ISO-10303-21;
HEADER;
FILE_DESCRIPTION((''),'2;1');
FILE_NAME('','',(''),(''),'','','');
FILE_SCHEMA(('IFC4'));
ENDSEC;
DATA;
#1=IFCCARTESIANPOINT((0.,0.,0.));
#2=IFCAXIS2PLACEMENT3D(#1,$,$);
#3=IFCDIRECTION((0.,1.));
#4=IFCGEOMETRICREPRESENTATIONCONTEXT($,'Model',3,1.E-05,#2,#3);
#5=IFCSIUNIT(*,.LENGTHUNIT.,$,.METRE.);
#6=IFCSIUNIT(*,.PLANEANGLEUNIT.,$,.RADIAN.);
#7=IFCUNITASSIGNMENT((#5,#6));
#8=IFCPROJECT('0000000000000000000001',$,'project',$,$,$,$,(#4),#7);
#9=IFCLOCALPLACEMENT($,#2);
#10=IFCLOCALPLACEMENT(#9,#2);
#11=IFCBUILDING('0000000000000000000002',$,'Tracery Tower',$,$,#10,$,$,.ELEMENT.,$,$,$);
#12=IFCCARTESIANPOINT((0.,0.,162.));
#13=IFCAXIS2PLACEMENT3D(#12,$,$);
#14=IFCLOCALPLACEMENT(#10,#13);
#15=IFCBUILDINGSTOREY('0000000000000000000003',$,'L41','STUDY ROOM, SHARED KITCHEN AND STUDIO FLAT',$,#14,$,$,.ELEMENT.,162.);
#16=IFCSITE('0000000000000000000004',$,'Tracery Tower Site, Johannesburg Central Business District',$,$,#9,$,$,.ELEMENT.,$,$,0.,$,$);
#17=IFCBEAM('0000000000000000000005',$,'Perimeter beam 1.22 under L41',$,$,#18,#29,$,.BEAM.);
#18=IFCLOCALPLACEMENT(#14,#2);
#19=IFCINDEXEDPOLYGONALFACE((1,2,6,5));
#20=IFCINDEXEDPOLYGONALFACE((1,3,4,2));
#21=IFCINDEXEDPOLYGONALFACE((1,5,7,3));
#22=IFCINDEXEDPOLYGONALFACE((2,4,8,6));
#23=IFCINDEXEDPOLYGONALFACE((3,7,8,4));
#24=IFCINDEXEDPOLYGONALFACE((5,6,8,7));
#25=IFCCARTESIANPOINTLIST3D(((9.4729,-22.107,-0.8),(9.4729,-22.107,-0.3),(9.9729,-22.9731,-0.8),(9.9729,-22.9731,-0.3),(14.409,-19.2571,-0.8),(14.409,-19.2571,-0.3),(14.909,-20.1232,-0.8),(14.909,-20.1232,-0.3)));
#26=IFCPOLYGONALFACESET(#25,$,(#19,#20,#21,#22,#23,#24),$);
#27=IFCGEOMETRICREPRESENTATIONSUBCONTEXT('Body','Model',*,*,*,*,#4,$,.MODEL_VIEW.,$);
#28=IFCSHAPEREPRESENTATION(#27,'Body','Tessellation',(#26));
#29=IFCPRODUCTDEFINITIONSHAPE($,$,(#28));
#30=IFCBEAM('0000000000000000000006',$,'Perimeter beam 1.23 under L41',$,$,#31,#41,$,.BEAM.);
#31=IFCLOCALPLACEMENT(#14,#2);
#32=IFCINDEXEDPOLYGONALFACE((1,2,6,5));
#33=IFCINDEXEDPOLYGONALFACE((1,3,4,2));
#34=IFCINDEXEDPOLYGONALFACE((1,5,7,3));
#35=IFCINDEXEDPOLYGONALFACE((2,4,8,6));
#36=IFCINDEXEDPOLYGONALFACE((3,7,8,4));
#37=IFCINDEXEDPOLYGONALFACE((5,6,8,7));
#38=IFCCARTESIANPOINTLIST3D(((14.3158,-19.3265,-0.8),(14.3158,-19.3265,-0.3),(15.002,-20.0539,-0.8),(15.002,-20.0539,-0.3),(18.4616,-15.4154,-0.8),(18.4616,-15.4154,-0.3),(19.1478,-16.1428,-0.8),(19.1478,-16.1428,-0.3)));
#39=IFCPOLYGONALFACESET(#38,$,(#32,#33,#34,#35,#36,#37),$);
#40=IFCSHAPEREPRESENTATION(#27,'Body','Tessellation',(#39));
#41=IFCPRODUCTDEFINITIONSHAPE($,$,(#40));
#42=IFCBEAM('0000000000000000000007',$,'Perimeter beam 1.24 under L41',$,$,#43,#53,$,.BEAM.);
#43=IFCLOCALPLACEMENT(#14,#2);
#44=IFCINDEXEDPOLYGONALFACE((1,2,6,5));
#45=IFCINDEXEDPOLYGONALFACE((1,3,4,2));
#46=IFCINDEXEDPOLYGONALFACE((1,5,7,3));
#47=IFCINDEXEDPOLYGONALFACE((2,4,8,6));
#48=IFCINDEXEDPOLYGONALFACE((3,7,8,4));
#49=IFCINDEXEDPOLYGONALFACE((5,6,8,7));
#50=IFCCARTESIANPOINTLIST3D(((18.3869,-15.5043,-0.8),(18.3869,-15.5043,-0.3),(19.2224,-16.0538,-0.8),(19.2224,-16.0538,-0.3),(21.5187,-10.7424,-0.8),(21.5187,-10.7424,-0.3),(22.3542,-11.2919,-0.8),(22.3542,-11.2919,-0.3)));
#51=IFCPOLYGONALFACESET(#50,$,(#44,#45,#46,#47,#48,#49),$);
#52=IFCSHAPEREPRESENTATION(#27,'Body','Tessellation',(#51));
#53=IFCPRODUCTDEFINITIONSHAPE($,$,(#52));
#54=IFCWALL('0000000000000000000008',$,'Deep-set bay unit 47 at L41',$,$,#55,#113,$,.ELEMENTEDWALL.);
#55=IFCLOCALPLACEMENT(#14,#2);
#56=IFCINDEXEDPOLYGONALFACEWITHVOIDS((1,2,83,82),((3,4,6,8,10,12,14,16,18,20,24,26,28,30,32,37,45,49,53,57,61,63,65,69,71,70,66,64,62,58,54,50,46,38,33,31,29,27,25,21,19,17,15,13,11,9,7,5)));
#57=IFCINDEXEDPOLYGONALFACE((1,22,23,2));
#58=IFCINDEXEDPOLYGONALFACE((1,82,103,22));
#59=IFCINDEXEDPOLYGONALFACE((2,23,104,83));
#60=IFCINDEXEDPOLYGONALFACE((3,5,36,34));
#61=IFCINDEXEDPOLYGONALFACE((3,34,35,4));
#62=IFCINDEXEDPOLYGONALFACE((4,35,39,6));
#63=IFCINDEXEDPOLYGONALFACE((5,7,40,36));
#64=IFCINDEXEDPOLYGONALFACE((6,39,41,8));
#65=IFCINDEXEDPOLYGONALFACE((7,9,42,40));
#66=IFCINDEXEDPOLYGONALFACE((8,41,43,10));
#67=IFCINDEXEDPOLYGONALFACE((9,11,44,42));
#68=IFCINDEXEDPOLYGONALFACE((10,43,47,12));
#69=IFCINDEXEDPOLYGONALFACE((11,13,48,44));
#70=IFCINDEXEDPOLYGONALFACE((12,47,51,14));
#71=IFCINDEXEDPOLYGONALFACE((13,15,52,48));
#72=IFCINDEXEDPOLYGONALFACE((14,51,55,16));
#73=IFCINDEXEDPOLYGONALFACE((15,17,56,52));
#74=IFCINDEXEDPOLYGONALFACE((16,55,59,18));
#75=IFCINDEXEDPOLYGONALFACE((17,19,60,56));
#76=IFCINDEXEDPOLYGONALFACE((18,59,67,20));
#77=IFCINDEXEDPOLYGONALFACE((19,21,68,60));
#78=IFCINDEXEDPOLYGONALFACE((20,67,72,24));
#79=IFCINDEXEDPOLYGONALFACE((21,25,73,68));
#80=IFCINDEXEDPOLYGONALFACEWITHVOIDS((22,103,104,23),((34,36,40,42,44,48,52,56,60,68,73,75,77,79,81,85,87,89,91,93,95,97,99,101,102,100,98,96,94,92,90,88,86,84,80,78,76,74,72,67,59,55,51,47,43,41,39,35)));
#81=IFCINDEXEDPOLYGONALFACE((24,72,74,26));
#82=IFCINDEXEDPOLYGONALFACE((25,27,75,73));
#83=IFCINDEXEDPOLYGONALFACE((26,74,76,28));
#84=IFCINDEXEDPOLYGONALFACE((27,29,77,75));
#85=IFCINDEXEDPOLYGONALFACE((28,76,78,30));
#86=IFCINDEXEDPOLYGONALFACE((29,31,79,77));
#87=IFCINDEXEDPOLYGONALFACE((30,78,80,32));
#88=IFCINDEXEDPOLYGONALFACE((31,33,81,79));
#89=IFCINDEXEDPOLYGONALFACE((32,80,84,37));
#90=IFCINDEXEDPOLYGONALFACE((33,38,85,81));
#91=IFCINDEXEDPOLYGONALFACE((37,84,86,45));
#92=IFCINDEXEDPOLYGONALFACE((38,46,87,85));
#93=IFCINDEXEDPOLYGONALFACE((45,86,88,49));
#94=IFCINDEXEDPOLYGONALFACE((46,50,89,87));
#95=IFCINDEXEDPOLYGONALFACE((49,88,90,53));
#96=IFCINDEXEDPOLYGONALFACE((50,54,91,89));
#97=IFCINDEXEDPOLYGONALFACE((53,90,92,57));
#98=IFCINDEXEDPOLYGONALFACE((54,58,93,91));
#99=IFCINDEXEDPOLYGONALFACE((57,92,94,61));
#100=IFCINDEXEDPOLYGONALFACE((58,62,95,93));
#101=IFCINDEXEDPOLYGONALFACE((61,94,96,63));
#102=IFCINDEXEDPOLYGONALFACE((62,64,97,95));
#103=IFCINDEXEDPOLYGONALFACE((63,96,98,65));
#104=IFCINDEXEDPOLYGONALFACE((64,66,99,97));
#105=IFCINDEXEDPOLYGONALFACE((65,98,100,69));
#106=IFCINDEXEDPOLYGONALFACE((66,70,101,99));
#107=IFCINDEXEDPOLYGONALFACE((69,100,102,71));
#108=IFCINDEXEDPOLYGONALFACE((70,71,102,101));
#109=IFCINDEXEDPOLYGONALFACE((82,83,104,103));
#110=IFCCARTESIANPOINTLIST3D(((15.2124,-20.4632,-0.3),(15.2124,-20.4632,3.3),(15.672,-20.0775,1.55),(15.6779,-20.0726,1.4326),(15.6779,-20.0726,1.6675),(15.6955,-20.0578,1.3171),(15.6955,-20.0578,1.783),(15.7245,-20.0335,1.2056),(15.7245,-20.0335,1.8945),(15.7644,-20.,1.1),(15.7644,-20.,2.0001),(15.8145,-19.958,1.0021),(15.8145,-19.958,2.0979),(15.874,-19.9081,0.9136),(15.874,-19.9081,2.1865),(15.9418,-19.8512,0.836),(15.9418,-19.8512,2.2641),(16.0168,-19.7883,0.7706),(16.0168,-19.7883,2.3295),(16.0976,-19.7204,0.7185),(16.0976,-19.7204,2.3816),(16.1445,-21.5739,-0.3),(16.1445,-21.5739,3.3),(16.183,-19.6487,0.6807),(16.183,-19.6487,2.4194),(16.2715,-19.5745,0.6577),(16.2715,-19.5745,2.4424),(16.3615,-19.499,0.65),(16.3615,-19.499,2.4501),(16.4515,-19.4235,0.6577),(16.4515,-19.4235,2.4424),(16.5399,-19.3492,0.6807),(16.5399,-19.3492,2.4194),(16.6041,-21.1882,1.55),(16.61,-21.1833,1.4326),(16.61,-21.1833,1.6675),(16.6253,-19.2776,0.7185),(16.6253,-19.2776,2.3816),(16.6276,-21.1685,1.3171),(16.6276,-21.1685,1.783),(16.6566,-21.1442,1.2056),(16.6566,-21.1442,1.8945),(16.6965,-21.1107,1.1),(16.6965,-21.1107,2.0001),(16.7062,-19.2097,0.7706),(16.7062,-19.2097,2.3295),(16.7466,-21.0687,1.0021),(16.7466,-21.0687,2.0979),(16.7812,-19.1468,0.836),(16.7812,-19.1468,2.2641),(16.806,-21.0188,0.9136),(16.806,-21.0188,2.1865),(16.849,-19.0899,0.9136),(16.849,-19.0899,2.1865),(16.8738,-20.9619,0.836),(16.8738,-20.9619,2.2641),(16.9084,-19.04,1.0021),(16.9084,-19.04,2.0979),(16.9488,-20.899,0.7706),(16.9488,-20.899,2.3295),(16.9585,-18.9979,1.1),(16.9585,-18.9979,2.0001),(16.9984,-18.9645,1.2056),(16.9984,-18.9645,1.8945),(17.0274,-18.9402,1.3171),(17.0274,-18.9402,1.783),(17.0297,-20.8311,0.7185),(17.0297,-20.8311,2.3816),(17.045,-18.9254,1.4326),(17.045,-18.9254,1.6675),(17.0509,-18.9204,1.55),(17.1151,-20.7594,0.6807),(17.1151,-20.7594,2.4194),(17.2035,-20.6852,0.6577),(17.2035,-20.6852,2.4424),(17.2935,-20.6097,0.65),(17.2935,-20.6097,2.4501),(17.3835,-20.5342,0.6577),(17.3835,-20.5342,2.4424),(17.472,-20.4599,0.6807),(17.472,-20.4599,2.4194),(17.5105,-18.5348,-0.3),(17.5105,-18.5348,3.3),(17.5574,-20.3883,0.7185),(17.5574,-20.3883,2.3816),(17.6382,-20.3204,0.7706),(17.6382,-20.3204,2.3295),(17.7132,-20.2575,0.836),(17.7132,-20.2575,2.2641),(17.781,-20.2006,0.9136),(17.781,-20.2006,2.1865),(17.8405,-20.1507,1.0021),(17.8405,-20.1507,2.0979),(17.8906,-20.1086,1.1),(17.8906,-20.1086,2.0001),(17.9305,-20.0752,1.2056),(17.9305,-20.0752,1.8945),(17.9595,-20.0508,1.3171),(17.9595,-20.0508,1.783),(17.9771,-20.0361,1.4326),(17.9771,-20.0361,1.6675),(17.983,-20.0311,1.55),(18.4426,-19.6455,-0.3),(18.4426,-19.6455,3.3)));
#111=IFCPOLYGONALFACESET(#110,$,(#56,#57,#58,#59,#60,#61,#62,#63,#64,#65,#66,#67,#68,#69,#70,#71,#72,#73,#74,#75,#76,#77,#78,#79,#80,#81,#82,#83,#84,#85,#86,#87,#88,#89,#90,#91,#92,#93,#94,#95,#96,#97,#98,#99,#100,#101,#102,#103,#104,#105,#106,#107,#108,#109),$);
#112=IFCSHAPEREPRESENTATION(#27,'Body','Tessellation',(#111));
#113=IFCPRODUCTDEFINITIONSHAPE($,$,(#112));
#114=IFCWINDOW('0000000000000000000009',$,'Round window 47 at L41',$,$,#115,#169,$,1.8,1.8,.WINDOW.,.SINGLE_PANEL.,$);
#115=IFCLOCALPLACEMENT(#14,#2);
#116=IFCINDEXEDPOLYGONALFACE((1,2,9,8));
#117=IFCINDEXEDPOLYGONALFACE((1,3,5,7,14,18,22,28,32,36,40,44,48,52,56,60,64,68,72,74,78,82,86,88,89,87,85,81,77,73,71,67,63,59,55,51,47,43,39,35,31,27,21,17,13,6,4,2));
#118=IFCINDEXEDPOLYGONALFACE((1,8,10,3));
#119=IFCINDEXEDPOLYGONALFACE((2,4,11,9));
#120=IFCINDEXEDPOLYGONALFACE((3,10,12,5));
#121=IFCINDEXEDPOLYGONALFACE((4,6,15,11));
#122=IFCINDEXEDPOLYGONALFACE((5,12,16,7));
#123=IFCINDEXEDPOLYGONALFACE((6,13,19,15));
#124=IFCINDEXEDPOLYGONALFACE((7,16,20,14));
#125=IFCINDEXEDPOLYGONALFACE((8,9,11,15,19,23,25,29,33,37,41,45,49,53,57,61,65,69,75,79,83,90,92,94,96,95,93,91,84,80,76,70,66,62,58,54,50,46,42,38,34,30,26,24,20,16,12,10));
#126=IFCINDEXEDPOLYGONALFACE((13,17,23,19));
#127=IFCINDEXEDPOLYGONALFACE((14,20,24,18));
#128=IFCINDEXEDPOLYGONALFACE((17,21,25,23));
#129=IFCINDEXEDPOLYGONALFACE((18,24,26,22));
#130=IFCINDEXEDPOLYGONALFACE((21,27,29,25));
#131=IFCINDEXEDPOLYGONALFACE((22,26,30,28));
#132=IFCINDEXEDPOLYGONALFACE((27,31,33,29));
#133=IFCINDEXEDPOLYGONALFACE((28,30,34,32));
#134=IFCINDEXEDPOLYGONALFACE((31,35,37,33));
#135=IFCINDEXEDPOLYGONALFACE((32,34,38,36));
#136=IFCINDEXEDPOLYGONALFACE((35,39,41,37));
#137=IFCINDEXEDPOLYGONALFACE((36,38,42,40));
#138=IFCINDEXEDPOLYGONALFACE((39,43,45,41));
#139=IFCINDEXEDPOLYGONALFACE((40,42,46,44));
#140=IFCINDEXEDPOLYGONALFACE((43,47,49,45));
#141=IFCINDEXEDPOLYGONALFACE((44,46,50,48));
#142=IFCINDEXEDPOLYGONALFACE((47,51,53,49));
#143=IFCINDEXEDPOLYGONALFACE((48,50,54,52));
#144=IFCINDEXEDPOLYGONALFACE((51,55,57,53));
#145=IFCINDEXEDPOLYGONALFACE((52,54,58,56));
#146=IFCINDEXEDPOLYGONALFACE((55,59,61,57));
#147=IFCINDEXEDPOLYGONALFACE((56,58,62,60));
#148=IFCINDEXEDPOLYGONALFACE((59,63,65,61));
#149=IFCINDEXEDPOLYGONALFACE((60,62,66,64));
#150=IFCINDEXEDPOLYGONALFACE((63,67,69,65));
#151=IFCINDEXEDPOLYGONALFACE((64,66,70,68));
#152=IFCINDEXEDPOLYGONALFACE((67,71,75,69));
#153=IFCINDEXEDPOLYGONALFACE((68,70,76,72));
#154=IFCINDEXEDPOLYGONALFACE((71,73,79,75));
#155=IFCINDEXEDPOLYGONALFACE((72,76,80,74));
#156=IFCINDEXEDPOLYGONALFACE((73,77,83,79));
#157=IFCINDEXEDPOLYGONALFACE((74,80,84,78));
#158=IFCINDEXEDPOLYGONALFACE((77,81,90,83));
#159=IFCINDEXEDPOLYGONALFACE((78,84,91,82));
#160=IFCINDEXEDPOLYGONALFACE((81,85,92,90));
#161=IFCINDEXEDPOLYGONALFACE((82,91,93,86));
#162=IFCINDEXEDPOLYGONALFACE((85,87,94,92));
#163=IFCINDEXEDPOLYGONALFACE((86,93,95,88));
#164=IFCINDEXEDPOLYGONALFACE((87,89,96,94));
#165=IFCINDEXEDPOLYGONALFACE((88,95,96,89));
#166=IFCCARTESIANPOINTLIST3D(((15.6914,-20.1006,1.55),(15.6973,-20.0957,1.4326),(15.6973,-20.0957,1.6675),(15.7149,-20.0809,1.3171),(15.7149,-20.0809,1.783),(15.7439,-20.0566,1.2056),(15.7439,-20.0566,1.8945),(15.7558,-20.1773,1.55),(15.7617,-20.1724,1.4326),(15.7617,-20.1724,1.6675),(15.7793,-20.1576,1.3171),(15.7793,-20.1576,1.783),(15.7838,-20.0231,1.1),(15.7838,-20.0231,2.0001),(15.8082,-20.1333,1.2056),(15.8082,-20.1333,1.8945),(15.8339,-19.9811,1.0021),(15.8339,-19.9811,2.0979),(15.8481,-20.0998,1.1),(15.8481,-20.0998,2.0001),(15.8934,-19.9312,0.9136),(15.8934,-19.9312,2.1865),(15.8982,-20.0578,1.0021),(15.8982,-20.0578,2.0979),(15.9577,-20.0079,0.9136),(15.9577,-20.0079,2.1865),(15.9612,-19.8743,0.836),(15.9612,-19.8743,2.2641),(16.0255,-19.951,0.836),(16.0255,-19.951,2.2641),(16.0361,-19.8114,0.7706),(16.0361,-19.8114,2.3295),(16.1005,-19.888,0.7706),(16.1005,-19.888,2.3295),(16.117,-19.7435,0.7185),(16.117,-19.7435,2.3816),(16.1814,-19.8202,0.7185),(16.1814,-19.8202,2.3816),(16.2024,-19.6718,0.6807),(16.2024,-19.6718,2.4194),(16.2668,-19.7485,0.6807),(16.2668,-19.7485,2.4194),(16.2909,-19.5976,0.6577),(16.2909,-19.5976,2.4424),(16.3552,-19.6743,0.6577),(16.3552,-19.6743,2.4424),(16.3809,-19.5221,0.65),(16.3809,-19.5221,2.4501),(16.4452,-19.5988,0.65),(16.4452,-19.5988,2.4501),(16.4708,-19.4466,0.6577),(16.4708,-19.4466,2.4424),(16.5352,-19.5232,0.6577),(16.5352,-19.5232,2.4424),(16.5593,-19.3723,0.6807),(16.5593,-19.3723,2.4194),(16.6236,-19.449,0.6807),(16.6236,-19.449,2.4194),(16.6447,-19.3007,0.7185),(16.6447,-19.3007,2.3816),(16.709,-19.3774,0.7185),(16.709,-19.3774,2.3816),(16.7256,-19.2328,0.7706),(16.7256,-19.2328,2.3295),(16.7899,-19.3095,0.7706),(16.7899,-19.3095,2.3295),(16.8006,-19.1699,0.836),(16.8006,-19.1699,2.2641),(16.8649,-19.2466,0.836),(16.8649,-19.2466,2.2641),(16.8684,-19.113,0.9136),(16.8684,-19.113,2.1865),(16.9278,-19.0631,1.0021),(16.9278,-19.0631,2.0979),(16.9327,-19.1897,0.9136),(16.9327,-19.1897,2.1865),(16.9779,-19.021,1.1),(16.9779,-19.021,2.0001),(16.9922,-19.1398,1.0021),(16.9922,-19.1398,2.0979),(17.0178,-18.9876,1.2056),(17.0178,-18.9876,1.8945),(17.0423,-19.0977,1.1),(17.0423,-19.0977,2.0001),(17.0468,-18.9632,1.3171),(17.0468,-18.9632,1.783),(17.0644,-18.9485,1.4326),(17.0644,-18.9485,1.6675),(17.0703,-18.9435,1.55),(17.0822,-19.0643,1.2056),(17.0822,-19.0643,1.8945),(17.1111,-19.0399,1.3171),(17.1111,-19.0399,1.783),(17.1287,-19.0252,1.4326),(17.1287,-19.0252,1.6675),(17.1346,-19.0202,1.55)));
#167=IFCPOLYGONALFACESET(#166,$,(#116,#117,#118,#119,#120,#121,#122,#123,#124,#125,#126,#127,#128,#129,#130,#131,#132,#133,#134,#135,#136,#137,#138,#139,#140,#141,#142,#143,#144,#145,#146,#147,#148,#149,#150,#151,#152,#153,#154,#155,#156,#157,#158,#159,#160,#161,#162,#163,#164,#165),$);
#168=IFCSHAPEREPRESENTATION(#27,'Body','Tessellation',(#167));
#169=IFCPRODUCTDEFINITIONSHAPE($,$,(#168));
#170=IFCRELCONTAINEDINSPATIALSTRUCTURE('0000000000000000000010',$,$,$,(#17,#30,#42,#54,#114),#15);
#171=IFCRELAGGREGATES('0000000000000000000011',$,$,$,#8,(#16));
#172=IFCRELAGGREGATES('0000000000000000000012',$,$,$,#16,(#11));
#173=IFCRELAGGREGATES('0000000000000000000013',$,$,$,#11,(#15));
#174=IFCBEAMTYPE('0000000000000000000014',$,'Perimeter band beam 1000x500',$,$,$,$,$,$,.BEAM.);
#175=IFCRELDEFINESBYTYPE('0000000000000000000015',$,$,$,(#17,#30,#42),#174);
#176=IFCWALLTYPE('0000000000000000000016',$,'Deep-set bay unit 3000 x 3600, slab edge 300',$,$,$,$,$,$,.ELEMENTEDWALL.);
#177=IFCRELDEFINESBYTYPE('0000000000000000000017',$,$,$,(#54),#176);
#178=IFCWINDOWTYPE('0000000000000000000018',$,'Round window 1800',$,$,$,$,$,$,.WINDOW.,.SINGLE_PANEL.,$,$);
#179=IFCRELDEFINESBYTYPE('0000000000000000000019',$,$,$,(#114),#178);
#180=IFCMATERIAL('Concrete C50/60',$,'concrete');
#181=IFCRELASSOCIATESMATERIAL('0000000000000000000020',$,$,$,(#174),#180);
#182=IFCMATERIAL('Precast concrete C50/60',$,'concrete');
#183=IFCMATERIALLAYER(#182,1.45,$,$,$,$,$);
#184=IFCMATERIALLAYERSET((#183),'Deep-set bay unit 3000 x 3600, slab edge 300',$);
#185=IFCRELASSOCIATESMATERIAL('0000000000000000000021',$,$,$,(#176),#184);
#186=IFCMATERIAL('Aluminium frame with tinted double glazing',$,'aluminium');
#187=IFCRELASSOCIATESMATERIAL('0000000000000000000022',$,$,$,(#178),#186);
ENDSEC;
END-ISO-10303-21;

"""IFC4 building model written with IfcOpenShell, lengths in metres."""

from ifc_helpers import new_model, si_unit, direction, frame, frame_2d, origin, origin_2d, place, context, subcontext, project, spatial, rectangle, circle, extrude, material, layer, layer_set, material_profile, profile_set, type_object, element, fill, save


model = new_model("IFC4")

# Units and contexts
model_context = context("Model", 3, precision=1e-05, world=origin(), true_north=direction((0.0, 1.0)))
body_context = subcontext(model_context, "Body", "Model", "MODEL_VIEW")
ifc_project = project(units=[si_unit("LENGTHUNIT", "METRE"), si_unit("PLANEANGLEUNIT", "RADIAN")], contexts=[model_context])

# Site, building, storey
site_placement = place(None, origin())
site = spatial("IfcSite", under=ifc_project, at=site_placement, Name="Tracery Tower Site, Johannesburg Central Business District", CompositionType="ELEMENT", RefElevation=0.0)
building_placement = place(site_placement, origin())
building = spatial("IfcBuilding", under=site, at=building_placement, Name="Tracery Tower", CompositionType="ELEMENT")
storey_placement = place(building_placement, frame((0.0, 0.0, 162.0)))
storey = spatial("IfcBuildingStorey", under=building, at=storey_placement, Name="L41", Description="STUDY ROOM, SHARED KITCHEN AND STUDIO FLAT", CompositionType="ELEMENT", Elevation=162.0)

# Beams
ifc_material_1 = material(Name="Concrete C50/60", Category="concrete")
ifc_material_profile_1 = material_profile(ifc_material_1, rectangle(XDim=1.0, YDim=0.5, at=origin_2d()), Name="RC 1000x500")
ifc_profile_set_1 = profile_set([ifc_material_profile_1], Name="Concrete C50/60")
beam_type = type_object("IfcBeamType", Name="Perimeter band beam 1000x500", PredefinedType="BEAM", material=ifc_profile_set_1)
beam_placement = place(storey_placement, frame((9.7229, -22.54, -0.55), z_axis=(0.866023, 0.500004, 0.0), x_axis=(-0.500004, 0.866023, 0.0)))
element("IfcBeam", 1, at=beam_placement, inside=storey, type_object=beam_type, Name="Perimeter beam 1.22 under L41", PredefinedType="BEAM", context=body_context, shape_type="SweptSolid", body=[
    extrude(rectangle(XDim=1.0, YDim=0.5, at=origin_2d()), origin(), (0.0, 0.0, 1.0), 5.6997),
])
for number, where, z_axis, x_axis, name in (
    (2, (14.6589, -19.6902, -0.55), (0.72739, 0.686225, 0.0), (-0.686225, 0.72739, 0.0), "Perimeter beam 1.23 under L41"),
    (3, (18.8047, -15.7791, -0.55), (0.54949, 0.8355, 0.0), (-0.8355, 0.54949, 0.0), "Perimeter beam 1.24 under L41"),
):
    element("IfcBeam", number, at=place(storey_placement, frame(where, z_axis=z_axis, x_axis=x_axis)), inside=storey, type_object=beam_type, Name=name, PredefinedType="BEAM", context=body_context, shape_type="SweptSolid", body=[
        extrude(rectangle(XDim=1.0, YDim=0.5, at=origin_2d()), origin(), (0.0, 0.0, 1.0), 5.6995),
    ])

# Wall, opening, window
ifc_material_2 = material(Name="Precast concrete C50/60", Category="concrete")
ifc_layer_1 = layer(ifc_material_2, 1.45)
ifc_layer_set_1 = layer_set([ifc_layer_1], Name="Deep-set bay unit 3000 x 3600, slab edge 300")
wall_type_1 = type_object("IfcWallType", Name="Deep-set bay unit 3000 x 3600, slab edge 300", PredefinedType="ELEMENTEDWALL", material=ifc_layer_set_1)
wall_1_placement = place(storey_placement, frame((15.6785, -21.0186, -0.3), z_axis=(0.0, 0.0, 1.0), x_axis=(0.766022, 0.642814, 0.0)))
wall_1 = element("IfcWall", 4, at=wall_1_placement, inside=storey, type_object=wall_type_1, Name="Deep-set bay unit 47 at L41", PredefinedType="ELEMENTEDWALL", context=body_context, shape_type="SweptSolid", body=[
    extrude(rectangle(XDim=3.0, YDim=1.45, at=frame_2d((1.5, 0.0))), origin(), (0.0, 0.0, 1.0), 3.6001),
])
opening_1_placement = place(wall_1_placement, frame((1.5, 0.0, 1.8501)))
opening_1 = element("IfcOpeningElement", 5, at=opening_1_placement, cuts=wall_1, PredefinedType="OPENING", context=body_context, shape_type="SweptSolid", body=[
    extrude(circle(Radius=0.9, at=origin_2d()), frame((0.0, 0.7349, 0.0), z_axis=(0.0, -1.0, 0.0), x_axis=(1.0, 0.0, 0.0)), (0.0, 0.0, 1.0), 1.47),
])
ifc_material_3 = material(Name="Aluminium frame with tinted double glazing", Category="aluminium")
window_type = type_object("IfcWindowType", Name="Round window 1800", PartitioningType="SINGLE_PANEL", PredefinedType="WINDOW", material=ifc_material_3)
window_1_placement = place(opening_1_placement, origin())
window_1 = element("IfcWindow", 6, at=window_1_placement, inside=storey, type_object=window_type, Name="Round window 47 at L41", OverallHeight=1.8, OverallWidth=1.8, PartitioningType="SINGLE_PANEL", PredefinedType="WINDOW", context=body_context, shape_type="SweptSolid", body=[
    extrude(circle(Radius=0.9, at=origin_2d()), frame((0.0, 0.6948, 0.0), z_axis=(0.0, -1.0, 0.0), x_axis=(1.0, 0.0, 0.0)), (0.0, 0.0, 1.0), 0.1001),
])
fill(opening_1, window_1)

save(model, "model.ifc")
